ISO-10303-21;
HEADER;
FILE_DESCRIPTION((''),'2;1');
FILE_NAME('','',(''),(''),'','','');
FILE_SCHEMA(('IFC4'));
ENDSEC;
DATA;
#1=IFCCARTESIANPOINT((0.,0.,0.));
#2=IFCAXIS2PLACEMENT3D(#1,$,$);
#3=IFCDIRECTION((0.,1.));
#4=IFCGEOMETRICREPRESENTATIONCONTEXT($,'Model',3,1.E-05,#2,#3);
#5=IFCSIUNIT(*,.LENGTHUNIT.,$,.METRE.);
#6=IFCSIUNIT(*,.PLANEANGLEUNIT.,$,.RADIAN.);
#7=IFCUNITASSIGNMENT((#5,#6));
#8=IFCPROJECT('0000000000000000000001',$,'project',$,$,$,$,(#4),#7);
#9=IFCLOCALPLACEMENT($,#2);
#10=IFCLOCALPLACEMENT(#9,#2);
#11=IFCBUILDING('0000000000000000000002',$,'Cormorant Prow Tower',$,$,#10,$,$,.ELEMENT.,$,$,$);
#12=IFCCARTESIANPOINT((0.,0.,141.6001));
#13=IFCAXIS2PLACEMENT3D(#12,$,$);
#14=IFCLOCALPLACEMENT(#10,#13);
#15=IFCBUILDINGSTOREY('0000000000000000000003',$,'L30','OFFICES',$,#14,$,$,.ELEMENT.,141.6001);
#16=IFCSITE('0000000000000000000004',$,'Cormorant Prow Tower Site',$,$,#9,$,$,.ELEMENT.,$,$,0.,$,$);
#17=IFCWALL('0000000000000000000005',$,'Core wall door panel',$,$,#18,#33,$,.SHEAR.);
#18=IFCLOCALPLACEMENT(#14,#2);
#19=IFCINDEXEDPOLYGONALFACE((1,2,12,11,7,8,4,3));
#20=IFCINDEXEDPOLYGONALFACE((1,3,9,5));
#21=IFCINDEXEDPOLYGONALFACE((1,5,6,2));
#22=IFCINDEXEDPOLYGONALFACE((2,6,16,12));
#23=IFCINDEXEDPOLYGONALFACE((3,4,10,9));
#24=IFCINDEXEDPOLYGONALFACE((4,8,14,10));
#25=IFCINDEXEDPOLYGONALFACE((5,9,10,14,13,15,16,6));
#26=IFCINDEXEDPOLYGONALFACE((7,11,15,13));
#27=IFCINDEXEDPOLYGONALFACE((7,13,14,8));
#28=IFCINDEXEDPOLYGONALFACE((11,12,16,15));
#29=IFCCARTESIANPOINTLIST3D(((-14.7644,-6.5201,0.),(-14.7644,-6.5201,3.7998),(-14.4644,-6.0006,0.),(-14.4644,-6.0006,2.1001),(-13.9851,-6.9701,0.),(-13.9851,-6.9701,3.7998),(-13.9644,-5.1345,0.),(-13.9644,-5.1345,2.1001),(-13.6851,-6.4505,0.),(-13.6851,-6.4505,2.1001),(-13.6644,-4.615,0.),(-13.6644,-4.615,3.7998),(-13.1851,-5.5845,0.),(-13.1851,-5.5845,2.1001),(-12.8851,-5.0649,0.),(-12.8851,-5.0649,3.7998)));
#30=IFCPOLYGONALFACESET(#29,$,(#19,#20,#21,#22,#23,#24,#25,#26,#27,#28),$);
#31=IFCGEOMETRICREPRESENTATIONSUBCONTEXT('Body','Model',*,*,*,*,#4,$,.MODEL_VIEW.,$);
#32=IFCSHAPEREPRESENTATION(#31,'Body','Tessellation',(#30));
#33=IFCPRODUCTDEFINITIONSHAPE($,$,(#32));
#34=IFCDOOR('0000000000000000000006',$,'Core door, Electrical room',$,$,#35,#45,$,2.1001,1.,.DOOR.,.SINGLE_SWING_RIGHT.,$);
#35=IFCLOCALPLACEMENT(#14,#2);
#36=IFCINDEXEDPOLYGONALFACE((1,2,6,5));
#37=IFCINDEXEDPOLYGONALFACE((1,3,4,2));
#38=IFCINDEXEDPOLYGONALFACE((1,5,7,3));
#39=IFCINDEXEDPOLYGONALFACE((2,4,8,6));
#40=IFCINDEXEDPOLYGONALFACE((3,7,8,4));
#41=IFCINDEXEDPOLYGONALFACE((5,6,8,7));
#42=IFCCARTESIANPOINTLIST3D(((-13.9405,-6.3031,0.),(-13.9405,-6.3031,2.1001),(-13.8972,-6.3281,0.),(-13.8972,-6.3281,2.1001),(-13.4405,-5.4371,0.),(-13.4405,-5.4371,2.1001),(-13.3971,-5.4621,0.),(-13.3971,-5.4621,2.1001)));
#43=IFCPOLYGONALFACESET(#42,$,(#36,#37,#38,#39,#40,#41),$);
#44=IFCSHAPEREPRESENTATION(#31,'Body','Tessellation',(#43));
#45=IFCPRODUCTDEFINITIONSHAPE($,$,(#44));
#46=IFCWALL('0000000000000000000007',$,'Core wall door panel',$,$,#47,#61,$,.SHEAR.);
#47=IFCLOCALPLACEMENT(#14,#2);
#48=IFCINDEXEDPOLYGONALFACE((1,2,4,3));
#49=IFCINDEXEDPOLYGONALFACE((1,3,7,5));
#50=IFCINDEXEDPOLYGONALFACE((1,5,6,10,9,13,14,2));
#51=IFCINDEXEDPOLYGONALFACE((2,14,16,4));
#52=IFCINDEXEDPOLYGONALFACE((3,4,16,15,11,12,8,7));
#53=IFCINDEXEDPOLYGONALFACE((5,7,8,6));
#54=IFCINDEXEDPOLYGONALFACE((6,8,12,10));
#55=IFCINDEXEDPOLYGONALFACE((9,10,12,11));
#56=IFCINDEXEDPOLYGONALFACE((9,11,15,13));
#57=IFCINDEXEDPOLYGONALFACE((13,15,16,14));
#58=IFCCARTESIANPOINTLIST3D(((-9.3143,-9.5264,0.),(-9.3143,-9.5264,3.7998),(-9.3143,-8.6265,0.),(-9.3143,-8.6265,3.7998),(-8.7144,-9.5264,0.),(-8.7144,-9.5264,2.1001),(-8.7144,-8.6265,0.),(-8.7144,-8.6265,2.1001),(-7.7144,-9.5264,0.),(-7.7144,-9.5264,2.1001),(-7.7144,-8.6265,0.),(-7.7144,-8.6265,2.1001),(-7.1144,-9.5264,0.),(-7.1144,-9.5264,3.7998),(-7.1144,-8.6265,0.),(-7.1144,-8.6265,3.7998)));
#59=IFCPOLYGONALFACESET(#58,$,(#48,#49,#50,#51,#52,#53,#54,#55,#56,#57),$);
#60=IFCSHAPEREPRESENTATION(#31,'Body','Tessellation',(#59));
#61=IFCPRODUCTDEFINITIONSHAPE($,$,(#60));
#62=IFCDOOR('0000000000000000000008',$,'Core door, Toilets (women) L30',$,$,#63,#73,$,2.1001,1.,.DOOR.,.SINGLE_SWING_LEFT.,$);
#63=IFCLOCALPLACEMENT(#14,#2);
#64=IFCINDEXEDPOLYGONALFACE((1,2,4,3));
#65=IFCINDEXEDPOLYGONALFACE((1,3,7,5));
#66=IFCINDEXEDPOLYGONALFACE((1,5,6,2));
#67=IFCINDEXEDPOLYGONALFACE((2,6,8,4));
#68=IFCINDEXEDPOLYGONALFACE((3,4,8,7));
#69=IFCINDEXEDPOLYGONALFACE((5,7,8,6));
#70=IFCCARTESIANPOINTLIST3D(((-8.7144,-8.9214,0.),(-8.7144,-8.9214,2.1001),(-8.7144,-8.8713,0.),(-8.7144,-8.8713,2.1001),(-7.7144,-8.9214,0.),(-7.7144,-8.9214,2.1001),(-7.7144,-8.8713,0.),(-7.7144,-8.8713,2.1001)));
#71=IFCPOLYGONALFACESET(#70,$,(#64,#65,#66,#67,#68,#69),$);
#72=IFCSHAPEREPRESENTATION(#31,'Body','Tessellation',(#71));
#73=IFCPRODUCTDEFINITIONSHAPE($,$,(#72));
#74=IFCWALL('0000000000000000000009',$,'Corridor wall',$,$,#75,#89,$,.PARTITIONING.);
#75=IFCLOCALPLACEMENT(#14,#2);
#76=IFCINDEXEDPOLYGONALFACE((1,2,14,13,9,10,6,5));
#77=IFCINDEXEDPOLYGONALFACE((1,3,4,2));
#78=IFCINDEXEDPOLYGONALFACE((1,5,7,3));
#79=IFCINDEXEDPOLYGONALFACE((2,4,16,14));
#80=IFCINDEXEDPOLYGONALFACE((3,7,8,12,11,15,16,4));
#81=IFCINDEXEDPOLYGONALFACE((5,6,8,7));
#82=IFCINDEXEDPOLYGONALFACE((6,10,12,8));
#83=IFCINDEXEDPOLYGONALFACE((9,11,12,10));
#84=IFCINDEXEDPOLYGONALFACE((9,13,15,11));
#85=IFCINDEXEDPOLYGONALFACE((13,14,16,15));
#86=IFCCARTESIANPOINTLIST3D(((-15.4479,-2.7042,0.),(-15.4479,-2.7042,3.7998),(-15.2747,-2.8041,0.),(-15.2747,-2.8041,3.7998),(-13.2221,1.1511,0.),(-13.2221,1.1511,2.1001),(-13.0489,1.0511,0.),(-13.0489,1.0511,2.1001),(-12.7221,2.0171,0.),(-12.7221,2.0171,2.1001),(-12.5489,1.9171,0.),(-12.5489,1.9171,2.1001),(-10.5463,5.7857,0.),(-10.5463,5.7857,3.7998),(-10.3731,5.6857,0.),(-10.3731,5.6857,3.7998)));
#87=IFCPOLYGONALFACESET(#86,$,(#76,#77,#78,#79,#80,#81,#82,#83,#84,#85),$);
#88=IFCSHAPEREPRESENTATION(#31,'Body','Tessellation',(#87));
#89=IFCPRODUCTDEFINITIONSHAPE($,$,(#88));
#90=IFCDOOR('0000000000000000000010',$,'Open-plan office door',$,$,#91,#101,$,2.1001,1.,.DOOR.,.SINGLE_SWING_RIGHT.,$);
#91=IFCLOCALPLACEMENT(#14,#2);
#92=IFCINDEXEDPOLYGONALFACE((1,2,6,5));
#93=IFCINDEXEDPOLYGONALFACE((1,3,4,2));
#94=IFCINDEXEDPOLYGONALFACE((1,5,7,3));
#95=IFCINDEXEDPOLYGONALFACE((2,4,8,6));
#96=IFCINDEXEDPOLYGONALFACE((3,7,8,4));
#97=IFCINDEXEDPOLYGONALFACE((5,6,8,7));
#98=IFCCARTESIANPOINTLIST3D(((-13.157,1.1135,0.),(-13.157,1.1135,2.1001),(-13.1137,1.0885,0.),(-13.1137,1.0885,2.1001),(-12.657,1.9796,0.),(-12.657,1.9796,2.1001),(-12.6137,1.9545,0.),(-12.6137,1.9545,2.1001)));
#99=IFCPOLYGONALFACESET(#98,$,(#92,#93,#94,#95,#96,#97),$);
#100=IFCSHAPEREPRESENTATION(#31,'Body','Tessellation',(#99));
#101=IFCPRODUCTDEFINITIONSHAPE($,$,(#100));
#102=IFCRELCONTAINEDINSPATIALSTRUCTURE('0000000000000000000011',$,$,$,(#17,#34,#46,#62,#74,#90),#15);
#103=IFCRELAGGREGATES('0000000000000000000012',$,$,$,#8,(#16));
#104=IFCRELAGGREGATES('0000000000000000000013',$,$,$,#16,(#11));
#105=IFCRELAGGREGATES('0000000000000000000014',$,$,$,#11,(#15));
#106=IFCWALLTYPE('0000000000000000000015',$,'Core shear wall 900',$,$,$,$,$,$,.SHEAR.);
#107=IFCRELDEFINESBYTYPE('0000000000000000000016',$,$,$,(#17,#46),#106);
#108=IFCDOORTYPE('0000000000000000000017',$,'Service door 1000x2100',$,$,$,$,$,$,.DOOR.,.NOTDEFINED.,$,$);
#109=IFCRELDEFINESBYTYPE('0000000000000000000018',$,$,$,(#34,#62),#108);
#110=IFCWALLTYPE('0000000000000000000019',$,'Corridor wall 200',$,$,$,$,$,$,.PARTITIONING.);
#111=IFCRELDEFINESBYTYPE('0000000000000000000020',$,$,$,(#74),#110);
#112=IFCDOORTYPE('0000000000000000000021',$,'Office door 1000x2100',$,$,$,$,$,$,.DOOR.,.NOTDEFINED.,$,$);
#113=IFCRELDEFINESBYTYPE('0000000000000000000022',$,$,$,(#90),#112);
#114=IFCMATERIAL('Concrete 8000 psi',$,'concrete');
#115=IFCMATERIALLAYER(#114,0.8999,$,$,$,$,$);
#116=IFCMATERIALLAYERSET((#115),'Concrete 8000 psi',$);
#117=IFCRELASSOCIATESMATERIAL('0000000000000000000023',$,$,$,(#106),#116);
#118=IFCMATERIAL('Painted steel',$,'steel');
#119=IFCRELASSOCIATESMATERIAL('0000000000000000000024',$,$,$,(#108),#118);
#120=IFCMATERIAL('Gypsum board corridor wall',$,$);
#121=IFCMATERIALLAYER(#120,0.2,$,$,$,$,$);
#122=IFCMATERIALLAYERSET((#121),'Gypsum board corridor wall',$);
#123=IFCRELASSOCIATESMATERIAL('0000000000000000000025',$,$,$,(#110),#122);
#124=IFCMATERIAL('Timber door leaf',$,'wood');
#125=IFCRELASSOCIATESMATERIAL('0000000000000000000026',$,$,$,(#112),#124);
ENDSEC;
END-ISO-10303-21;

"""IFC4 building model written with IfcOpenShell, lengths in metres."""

from ifc_helpers import new_model, si_unit, direction, frame, frame_2d, origin, place, context, subcontext, project, spatial, rectangle, extrude, material, layer, layer_set, type_object, element, fill, save


model = new_model("IFC4")

# Units and contexts
model_context = context("Model", 3, precision=1e-05, world=origin(), true_north=direction((0.0, 1.0)))
body_context = subcontext(model_context, "Body", "Model", "MODEL_VIEW")
ifc_project = project(units=[si_unit("LENGTHUNIT", "METRE"), si_unit("PLANEANGLEUNIT", "RADIAN")], contexts=[model_context])

# Site, building, storey
site_placement = place(None, origin())
site = spatial("IfcSite", under=ifc_project, at=site_placement, Name="Cormorant Prow Tower Site", CompositionType="ELEMENT", RefElevation=0.0)
building_placement = place(site_placement, origin())
building = spatial("IfcBuilding", under=site, at=building_placement, Name="Cormorant Prow Tower", CompositionType="ELEMENT")
storey_placement = place(building_placement, frame((0.0, 0.0, 141.6001)))
storey = spatial("IfcBuildingStorey", under=building, at=storey_placement, Name="L30", Description="OFFICES", CompositionType="ELEMENT", Elevation=141.6001)

# Shared definitions
ifc_material_1 = material(Name="Concrete 8000 psi", Category="concrete")
ifc_layer_1 = layer(ifc_material_1, 0.8999)
ifc_layer_set_1 = layer_set([ifc_layer_1], Name="Concrete 8000 psi")
wall_type_1 = type_object("IfcWallType", Name="Core shear wall 900", PredefinedType="SHEAR", material=ifc_layer_set_1)

# Walls, openings, doors
ifc_material_2 = material(Name="Painted steel", Category="steel")
door_type_1 = type_object("IfcDoorType", Name="Service door 1000x2100", OperationType="NOTDEFINED", PredefinedType="DOOR", material=ifc_material_2)
wall_1_placement = place(storey_placement, frame((-13.2747, -4.8398, 0.0), z_axis=(0.0, 0.0, 1.0), x_axis=(-0.50003, -0.866008, 0.0)))
wall_1 = element("IfcWall", 1, at=wall_1_placement, inside=storey, type_object=wall_type_1, Name="Core wall door panel", PredefinedType="SHEAR", context=body_context, shape_type="SweptSolid", body=[
    extrude(rectangle(XDim=2.2, YDim=0.8999, at=frame_2d((1.1001, 0.0))), origin(), (0.0, 0.0, 1.0), 3.7998),
])
opening_1_placement = place(wall_1_placement, frame((0.6001, 0.0, 0.0)))
opening_1 = element("IfcOpeningElement", 2, at=opening_1_placement, cuts=wall_1, PredefinedType="OPENING", context=body_context, shape_type="SweptSolid", body=[
    extrude(rectangle(XDim=1.0, YDim=2.1001, at=frame_2d((0.5, 1.05))), frame((0.0, 0.46, 0.0), z_axis=(0.0, -1.0, 0.0), x_axis=(1.0, 0.0, 0.0)), (0.0, 0.0, 1.0), 0.9199),
])
door_1_placement = place(opening_1_placement, origin())
door_1 = element("IfcDoor", 3, at=door_1_placement, inside=storey, type_object=door_type_1, Name="Core door, Electrical room", OperationType="SINGLE_SWING_RIGHT", OverallHeight=2.1001, OverallWidth=1.0, PredefinedType="DOOR", context=body_context, shape_type="SweptSolid", body=[
    extrude(rectangle(XDim=1.0, YDim=2.1001, at=frame_2d((0.5, 1.05))), frame((0.0, 0.2051, 0.0), z_axis=(0.0, -1.0, 0.0), x_axis=(1.0, 0.0, 0.0)), (0.0, 0.0, 1.0), 0.05),
])
fill(opening_1, door_1)
wall_2_placement = place(storey_placement, frame((-9.3145, -9.0764, 0.0), z_axis=(0.0, 0.0, 1.0), x_axis=(1.0, 0.0, 0.0)))
wall_2 = element("IfcWall", 4, at=wall_2_placement, inside=storey, type_object=wall_type_1, Name="Core wall door panel", PredefinedType="SHEAR", context=body_context, shape_type="SweptSolid", body=[
    extrude(rectangle(XDim=2.2, YDim=0.8999, at=frame_2d((1.1001, 0.0))), origin(), (0.0, 0.0, 1.0), 3.7998),
])
opening_2_placement = place(wall_2_placement, frame((0.6001, 0.0, 0.0)))
opening_2 = element("IfcOpeningElement", 5, at=opening_2_placement, cuts=wall_2, PredefinedType="OPENING", context=body_context, shape_type="SweptSolid", body=[
    extrude(rectangle(XDim=1.0, YDim=2.1001, at=frame_2d((0.5, 1.05))), frame((0.0, 0.46, 0.0), z_axis=(0.0, -1.0, 0.0), x_axis=(1.0, 0.0, 0.0)), (0.0, 0.0, 1.0), 0.9199),
])
door_2_placement = place(opening_2_placement, origin())
door_2 = element("IfcDoor", 6, at=door_2_placement, inside=storey, type_object=door_type_1, Name="Core door, Toilets (women) L30", OperationType="SINGLE_SWING_LEFT", OverallHeight=2.1001, OverallWidth=1.0, PredefinedType="DOOR", context=body_context, shape_type="SweptSolid", body=[
    extrude(rectangle(XDim=1.0, YDim=2.1001, at=frame_2d((0.5, 1.05))), frame((0.0, 0.2051, 0.0), z_axis=(0.0, -1.0, 0.0), x_axis=(1.0, 0.0, 0.0)), (0.0, 0.0, 1.0), 0.05),
])
fill(opening_2, door_2)
ifc_material_3 = material(Name="Gypsum board corridor wall")
ifc_layer_2 = layer(ifc_material_3, 0.2)
ifc_layer_set_2 = layer_set([ifc_layer_2], Name="Gypsum board corridor wall")
wall_type_2 = type_object("IfcWallType", Name="Corridor wall 200", PredefinedType="PARTITIONING", material=ifc_layer_set_2)
wall_3_placement = place(storey_placement, frame((-15.3613, -2.7542, 0.0), z_axis=(0.0, 0.0, 1.0), x_axis=(0.500004, 0.866023, 0.0)))
wall_3 = element("IfcWall", 7, at=wall_3_placement, inside=storey, type_object=wall_type_2, Name="Corridor wall", PredefinedType="PARTITIONING", context=body_context, shape_type="SweptSolid", body=[
    extrude(rectangle(XDim=9.8032, YDim=0.2, at=frame_2d((4.9016, 0.0))), origin(), (0.0, 0.0, 1.0), 3.7998),
])
opening_3_placement = place(wall_3_placement, frame((4.4517, 0.0, 0.0)))
opening_3 = element("IfcOpeningElement", 8, at=opening_3_placement, cuts=wall_3, PredefinedType="OPENING", context=body_context, shape_type="SweptSolid", body=[
    extrude(rectangle(XDim=1.0, YDim=2.1001, at=frame_2d((0.5, 1.05))), frame((0.0, 0.1099, 0.0), z_axis=(0.0, -1.0, 0.0), x_axis=(1.0, 0.0, 0.0)), (0.0, 0.0, 1.0), 0.22),
])
ifc_material_4 = material(Name="Timber door leaf", Category="wood")
door_type_2 = type_object("IfcDoorType", Name="Office door 1000x2100", OperationType="NOTDEFINED", PredefinedType="DOOR", material=ifc_material_4)
door_3_placement = place(opening_3_placement, origin())
door_3 = element("IfcDoor", 9, at=door_3_placement, inside=storey, type_object=door_type_2, Name="Open-plan office door", OperationType="SINGLE_SWING_RIGHT", OverallHeight=2.1001, OverallWidth=1.0, PredefinedType="DOOR", context=body_context, shape_type="SweptSolid", body=[
    extrude(rectangle(XDim=1.0, YDim=2.1001, at=frame_2d((0.5, 1.05))), frame((0.0, 0.0249, 0.0), z_axis=(0.0, -1.0, 0.0), x_axis=(1.0, 0.0, 0.0)), (0.0, 0.0, 1.0), 0.05),
])
fill(opening_3, door_3)

save(model, "model.ifc")
